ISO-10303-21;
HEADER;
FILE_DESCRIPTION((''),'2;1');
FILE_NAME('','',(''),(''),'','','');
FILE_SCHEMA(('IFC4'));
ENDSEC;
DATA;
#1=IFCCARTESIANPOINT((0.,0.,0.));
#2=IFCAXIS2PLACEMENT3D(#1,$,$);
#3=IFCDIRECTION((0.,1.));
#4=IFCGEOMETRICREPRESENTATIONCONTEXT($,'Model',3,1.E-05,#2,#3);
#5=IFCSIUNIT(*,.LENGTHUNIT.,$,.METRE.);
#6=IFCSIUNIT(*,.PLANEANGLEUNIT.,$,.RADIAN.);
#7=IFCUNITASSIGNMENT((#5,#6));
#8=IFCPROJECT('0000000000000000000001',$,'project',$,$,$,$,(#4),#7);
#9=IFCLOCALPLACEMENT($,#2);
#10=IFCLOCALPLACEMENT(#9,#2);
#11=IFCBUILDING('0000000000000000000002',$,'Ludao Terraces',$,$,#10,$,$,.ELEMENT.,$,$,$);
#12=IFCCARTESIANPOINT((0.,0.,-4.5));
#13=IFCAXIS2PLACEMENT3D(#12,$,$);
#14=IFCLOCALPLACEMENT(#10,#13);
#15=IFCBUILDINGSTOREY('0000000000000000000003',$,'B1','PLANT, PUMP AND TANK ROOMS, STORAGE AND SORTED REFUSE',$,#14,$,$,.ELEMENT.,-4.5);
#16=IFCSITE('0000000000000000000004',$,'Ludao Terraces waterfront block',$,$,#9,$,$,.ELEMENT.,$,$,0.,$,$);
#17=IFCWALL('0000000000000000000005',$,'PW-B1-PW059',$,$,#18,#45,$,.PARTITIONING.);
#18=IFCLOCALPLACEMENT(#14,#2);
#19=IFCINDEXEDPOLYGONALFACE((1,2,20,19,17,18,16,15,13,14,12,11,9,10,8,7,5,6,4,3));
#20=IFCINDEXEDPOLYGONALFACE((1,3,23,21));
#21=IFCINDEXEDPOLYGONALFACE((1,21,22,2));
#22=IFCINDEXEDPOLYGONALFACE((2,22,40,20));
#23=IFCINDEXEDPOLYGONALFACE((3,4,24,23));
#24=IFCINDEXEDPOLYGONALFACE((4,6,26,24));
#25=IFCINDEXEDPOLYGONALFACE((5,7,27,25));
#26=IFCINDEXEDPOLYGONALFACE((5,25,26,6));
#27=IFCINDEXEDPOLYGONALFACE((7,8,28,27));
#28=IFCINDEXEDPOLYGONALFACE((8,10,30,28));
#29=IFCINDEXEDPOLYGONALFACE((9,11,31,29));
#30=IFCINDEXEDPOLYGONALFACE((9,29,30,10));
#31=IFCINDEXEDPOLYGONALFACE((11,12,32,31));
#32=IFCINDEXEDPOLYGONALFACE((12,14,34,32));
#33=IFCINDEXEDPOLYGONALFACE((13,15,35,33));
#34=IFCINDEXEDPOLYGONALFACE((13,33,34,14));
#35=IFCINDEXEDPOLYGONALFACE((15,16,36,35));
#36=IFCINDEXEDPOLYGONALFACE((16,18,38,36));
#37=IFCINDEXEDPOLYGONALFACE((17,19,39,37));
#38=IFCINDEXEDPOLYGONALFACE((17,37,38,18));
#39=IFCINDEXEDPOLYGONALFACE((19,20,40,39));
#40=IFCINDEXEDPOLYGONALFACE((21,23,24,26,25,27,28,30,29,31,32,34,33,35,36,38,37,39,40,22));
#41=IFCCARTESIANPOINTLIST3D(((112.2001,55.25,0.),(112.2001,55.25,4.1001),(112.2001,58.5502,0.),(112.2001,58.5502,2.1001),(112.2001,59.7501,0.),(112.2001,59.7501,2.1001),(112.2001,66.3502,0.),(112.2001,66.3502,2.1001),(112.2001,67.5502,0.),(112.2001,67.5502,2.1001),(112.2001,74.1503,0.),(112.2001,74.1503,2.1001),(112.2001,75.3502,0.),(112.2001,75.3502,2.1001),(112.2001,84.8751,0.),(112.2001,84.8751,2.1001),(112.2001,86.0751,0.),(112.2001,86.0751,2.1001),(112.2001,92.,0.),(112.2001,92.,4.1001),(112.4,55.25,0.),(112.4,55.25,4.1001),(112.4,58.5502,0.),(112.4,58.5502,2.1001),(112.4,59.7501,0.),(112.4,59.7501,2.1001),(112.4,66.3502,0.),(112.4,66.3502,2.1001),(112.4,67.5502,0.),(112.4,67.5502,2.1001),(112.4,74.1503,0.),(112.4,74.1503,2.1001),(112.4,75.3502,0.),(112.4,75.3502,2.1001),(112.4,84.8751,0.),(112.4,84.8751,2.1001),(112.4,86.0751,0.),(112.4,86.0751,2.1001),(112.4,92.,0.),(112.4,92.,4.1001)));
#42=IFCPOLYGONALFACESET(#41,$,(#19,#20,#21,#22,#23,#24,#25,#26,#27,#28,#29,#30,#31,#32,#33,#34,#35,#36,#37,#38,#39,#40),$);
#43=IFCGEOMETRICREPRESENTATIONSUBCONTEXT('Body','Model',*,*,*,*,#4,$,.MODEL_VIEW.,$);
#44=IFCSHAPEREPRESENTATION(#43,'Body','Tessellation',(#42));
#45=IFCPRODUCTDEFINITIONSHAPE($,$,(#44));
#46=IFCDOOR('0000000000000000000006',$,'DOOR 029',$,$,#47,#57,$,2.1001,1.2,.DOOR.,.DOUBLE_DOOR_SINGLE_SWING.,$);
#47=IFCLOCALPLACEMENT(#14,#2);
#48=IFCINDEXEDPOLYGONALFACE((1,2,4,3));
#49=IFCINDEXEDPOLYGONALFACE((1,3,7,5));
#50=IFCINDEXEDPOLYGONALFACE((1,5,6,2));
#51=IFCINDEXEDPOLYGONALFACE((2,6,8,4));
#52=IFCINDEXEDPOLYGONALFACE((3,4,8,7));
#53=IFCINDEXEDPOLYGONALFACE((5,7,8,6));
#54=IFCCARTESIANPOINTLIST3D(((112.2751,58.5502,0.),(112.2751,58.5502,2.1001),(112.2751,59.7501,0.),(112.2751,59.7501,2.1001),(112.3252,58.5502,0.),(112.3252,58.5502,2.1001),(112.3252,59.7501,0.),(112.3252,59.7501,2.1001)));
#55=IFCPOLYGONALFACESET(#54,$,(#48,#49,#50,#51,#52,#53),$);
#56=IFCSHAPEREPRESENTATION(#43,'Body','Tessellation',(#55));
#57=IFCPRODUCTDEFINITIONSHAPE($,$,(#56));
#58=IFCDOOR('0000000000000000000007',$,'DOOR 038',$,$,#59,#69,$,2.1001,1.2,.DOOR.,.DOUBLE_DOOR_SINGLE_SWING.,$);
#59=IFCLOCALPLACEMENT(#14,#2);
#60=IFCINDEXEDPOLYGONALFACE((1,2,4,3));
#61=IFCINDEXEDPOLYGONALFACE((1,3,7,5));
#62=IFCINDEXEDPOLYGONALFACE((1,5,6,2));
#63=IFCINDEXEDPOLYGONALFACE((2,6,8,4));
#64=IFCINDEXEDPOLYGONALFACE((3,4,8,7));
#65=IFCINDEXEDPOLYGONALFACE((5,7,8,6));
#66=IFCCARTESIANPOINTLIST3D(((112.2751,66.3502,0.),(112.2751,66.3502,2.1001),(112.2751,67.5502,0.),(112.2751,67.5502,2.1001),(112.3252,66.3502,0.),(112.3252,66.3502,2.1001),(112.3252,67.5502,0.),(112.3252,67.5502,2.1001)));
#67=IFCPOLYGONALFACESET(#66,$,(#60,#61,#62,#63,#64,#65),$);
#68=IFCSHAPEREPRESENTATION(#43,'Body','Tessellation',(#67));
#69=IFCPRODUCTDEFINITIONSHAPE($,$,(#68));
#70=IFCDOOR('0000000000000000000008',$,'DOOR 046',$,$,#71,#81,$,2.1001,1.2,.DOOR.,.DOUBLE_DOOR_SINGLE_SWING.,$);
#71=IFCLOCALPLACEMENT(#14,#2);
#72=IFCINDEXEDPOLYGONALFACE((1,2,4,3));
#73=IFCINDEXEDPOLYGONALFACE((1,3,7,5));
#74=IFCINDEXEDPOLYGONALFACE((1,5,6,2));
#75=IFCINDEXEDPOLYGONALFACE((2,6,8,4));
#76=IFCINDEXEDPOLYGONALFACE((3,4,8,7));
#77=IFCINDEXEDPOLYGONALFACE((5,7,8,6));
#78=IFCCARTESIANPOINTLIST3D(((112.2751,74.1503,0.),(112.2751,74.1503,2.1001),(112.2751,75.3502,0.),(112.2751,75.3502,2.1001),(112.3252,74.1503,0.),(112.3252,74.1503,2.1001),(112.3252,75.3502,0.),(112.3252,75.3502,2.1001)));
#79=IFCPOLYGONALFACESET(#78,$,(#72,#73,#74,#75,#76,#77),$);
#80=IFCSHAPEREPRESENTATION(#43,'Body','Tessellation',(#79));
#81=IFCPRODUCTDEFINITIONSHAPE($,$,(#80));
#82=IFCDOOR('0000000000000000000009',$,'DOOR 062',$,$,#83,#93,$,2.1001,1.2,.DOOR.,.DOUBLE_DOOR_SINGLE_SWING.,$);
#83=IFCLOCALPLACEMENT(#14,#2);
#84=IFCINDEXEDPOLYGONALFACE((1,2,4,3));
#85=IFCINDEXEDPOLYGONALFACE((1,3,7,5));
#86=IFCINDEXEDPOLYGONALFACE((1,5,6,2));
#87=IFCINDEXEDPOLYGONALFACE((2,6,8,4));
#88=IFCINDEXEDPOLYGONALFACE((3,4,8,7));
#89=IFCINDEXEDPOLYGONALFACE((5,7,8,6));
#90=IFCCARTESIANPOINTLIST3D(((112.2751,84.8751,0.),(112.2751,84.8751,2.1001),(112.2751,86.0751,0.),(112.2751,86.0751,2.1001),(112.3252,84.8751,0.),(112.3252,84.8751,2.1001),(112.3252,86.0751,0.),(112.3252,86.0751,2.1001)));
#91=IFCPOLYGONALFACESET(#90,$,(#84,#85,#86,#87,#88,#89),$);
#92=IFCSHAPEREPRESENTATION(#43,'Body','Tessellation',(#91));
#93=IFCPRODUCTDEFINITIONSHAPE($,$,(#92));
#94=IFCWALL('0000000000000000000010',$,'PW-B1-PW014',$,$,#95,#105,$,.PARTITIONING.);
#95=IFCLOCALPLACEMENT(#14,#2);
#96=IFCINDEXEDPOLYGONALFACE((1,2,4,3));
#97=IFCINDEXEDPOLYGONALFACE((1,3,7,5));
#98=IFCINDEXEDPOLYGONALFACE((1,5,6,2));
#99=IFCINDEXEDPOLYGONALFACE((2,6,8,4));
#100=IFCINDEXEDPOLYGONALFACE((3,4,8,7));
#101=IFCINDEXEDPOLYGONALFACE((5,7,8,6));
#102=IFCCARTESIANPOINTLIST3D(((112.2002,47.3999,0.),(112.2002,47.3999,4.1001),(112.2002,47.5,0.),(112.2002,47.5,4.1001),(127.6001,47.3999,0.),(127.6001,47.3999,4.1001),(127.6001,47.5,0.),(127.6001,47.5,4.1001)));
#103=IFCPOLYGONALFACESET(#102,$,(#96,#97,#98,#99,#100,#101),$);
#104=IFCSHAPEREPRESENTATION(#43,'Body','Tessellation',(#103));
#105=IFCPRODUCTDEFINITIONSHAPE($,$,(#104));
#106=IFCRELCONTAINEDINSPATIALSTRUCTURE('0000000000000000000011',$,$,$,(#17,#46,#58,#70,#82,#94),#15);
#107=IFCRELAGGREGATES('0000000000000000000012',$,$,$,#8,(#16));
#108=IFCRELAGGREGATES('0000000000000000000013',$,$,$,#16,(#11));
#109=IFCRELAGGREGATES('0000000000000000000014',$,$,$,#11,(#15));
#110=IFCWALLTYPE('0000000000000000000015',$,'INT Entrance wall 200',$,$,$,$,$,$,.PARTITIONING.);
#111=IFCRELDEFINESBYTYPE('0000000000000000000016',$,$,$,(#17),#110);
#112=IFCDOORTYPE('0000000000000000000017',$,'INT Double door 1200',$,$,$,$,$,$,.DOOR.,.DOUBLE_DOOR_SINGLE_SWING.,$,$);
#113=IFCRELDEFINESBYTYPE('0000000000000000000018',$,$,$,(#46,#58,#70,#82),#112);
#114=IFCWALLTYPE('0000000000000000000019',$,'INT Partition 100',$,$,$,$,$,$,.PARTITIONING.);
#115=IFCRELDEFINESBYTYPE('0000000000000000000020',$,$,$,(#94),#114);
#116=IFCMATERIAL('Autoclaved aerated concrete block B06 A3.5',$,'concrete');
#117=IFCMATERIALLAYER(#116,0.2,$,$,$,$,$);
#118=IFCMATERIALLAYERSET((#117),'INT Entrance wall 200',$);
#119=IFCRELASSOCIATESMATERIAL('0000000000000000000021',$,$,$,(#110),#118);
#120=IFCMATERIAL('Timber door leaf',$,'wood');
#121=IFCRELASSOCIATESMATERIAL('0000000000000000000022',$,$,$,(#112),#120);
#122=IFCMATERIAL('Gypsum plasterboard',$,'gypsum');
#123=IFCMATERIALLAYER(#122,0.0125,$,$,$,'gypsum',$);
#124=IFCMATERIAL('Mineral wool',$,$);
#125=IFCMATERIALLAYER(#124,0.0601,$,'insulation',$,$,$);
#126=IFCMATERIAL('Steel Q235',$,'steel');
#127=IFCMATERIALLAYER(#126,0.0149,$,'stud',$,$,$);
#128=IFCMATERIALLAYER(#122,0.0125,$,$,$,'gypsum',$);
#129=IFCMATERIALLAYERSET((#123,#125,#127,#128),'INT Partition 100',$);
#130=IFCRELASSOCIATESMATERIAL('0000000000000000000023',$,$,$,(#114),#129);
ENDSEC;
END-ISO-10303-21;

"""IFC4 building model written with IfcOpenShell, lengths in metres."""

from ifc_helpers import new_model, si_unit, direction, frame, frame_2d, origin, place, context, subcontext, project, spatial, rectangle, extrude, material, layer, layer_set, type_object, element, fill, save


model = new_model("IFC4")

# Units and contexts
model_context = context("Model", 3, precision=1e-05, world=origin(), true_north=direction((0.0, 1.0)))
body_context = subcontext(model_context, "Body", "Model", "MODEL_VIEW")
ifc_project = project(units=[si_unit("LENGTHUNIT", "METRE"), si_unit("PLANEANGLEUNIT", "RADIAN")], contexts=[model_context])

# Site, building, storey
site_placement = place(None, origin())
site = spatial("IfcSite", under=ifc_project, at=site_placement, Name="Ludao Terraces waterfront block", CompositionType="ELEMENT", RefElevation=0.0)
building_placement = place(site_placement, origin())
building = spatial("IfcBuilding", under=site, at=building_placement, Name="Ludao Terraces", CompositionType="ELEMENT")
storey_placement = place(building_placement, frame((0.0, 0.0, -4.5)))
storey = spatial("IfcBuildingStorey", under=building, at=storey_placement, Name="B1", Description="PLANT, PUMP AND TANK ROOMS, STORAGE AND SORTED REFUSE", CompositionType="ELEMENT", Elevation=-4.5)

# Shared definitions
ifc_material_1 = material(Name="Autoclaved aerated concrete block B06 A3.5", Category="concrete")
ifc_layer_1 = layer(ifc_material_1, 0.2)
ifc_layer_set_1 = layer_set([ifc_layer_1], Name="INT Entrance wall 200")
wall_type_1 = type_object("IfcWallType", Name="INT Entrance wall 200", PredefinedType="PARTITIONING", material=ifc_layer_set_1)

# Wall, openings, doors
ifc_material_2 = material(Name="Timber door leaf", Category="wood")
door_type = type_object("IfcDoorType", Name="INT Double door 1200", OperationType="DOUBLE_DOOR_SINGLE_SWING", PredefinedType="DOOR", material=ifc_material_2)
wall_1_placement = place(storey_placement, frame((112.3, 55.25, 0.0), z_axis=(0.0, 0.0, 1.0), x_axis=(0.0, 1.0, 0.0)))
wall_1 = element("IfcWall", 1, at=wall_1_placement, inside=storey, type_object=wall_type_1, Name="PW-B1-PW059", PredefinedType="PARTITIONING", context=body_context, shape_type="SweptSolid", body=[
    extrude(rectangle(XDim=36.75, YDim=0.2, at=frame_2d((18.375, 0.0))), origin(), (0.0, 0.0, 1.0), 4.1001),
])
opening_1_placement = place(wall_1_placement, frame((3.3, 0.0, 0.0)))
opening_1 = element("IfcOpeningElement", 2, at=opening_1_placement, cuts=wall_1, PredefinedType="OPENING", context=body_context, shape_type="SweptSolid", body=[
    extrude(rectangle(XDim=1.2, YDim=2.1001, at=frame_2d((0.6001, 1.05))), frame((0.0, 0.1099, 0.0), z_axis=(0.0, -1.0, 0.0), x_axis=(1.0, 0.0, 0.0)), (0.0, 0.0, 1.0), 0.22),
])
opening_2_placement = place(wall_1_placement, frame((11.1001, 0.0, 0.0)))
opening_2 = element("IfcOpeningElement", 3, at=opening_2_placement, cuts=wall_1, PredefinedType="OPENING", context=body_context, shape_type="SweptSolid", body=[
    extrude(rectangle(XDim=1.2, YDim=2.1001, at=frame_2d((0.6001, 1.05))), frame((0.0, 0.1099, 0.0), z_axis=(0.0, -1.0, 0.0), x_axis=(1.0, 0.0, 0.0)), (0.0, 0.0, 1.0), 0.22),
])
opening_3_placement = place(wall_1_placement, frame((18.9001, 0.0, 0.0)))
opening_3 = element("IfcOpeningElement", 4, at=opening_3_placement, cuts=wall_1, PredefinedType="OPENING", context=body_context, shape_type="SweptSolid", body=[
    extrude(rectangle(XDim=1.2, YDim=2.1001, at=frame_2d((0.6001, 1.05))), frame((0.0, 0.1099, 0.0), z_axis=(0.0, -1.0, 0.0), x_axis=(1.0, 0.0, 0.0)), (0.0, 0.0, 1.0), 0.22),
])
opening_4_placement = place(wall_1_placement, frame((29.625, 0.0, 0.0)))
opening_4 = element("IfcOpeningElement", 5, at=opening_4_placement, cuts=wall_1, PredefinedType="OPENING", context=body_context, shape_type="SweptSolid", body=[
    extrude(rectangle(XDim=1.2, YDim=2.1001, at=frame_2d((0.6001, 1.05))), frame((0.0, 0.1099, 0.0), z_axis=(0.0, -1.0, 0.0), x_axis=(1.0, 0.0, 0.0)), (0.0, 0.0, 1.0), 0.22),
])
door_1_placement = place(opening_1_placement, origin())
door_1 = element("IfcDoor", 6, at=door_1_placement, inside=storey, type_object=door_type, Name="DOOR 029", OperationType="DOUBLE_DOOR_SINGLE_SWING", OverallHeight=2.1001, OverallWidth=1.2, PredefinedType="DOOR", context=body_context, shape_type="SweptSolid", body=[
    extrude(rectangle(XDim=1.2, YDim=2.1001, at=frame_2d((0.6001, 1.05))), frame((0.0, 0.0249, 0.0), z_axis=(0.0, -1.0, 0.0), x_axis=(1.0, 0.0, 0.0)), (0.0, 0.0, 1.0), 0.05),
])
fill(opening_1, door_1)
door_2_placement = place(opening_2_placement, origin())
door_2 = element("IfcDoor", 7, at=door_2_placement, inside=storey, type_object=door_type, Name="DOOR 038", OperationType="DOUBLE_DOOR_SINGLE_SWING", OverallHeight=2.1001, OverallWidth=1.2, PredefinedType="DOOR", context=body_context, shape_type="SweptSolid", body=[
    extrude(rectangle(XDim=1.2, YDim=2.1001, at=frame_2d((0.6001, 1.05))), frame((0.0, 0.0249, 0.0), z_axis=(0.0, -1.0, 0.0), x_axis=(1.0, 0.0, 0.0)), (0.0, 0.0, 1.0), 0.05),
])
fill(opening_2, door_2)
door_3_placement = place(opening_3_placement, origin())
door_3 = element("IfcDoor", 8, at=door_3_placement, inside=storey, type_object=door_type, Name="DOOR 046", OperationType="DOUBLE_DOOR_SINGLE_SWING", OverallHeight=2.1001, OverallWidth=1.2, PredefinedType="DOOR", context=body_context, shape_type="SweptSolid", body=[
    extrude(rectangle(XDim=1.2, YDim=2.1001, at=frame_2d((0.6001, 1.05))), frame((0.0, 0.0249, 0.0), z_axis=(0.0, -1.0, 0.0), x_axis=(1.0, 0.0, 0.0)), (0.0, 0.0, 1.0), 0.05),
])
fill(opening_3, door_3)
door_4_placement = place(opening_4_placement, origin())
door_4 = element("IfcDoor", 9, at=door_4_placement, inside=storey, type_object=door_type, Name="DOOR 062", OperationType="DOUBLE_DOOR_SINGLE_SWING", OverallHeight=2.1001, OverallWidth=1.2, PredefinedType="DOOR", context=body_context, shape_type="SweptSolid", body=[
    extrude(rectangle(XDim=1.2, YDim=2.1001, at=frame_2d((0.6001, 1.05))), frame((0.0, 0.0249, 0.0), z_axis=(0.0, -1.0, 0.0), x_axis=(1.0, 0.0, 0.0)), (0.0, 0.0, 1.0), 0.05),
])
fill(opening_4, door_4)

# Wall
ifc_material_3 = material(Name="Gypsum plasterboard", Category="gypsum")
ifc_layer_2 = layer(ifc_material_3, 0.0125, Category="gypsum")
ifc_material_4 = material(Name="Mineral wool")
ifc_layer_3 = layer(ifc_material_4, 0.0601, Name="insulation")
ifc_material_5 = material(Name="Steel Q235", Category="steel")
ifc_layer_4 = layer(ifc_material_5, 0.0149, Name="stud")
ifc_layer_5 = layer(ifc_material_3, 0.0125, Category="gypsum")
ifc_layer_set_2 = layer_set([ifc_layer_2, ifc_layer_3, ifc_layer_4, ifc_layer_5], Name="INT Partition 100")
wall_type_2 = type_object("IfcWallType", Name="INT Partition 100", PredefinedType="PARTITIONING", material=ifc_layer_set_2)
wall_2_placement = place(storey_placement, frame((112.2002, 47.45, 0.0), z_axis=(0.0, 0.0, 1.0), x_axis=(1.0, 0.0, 0.0)))
element("IfcWall", 10, at=wall_2_placement, inside=storey, type_object=wall_type_2, Name="PW-B1-PW014", PredefinedType="PARTITIONING", context=body_context, shape_type="SweptSolid", body=[
    extrude(rectangle(XDim=15.3999, YDim=0.1001, at=frame_2d((7.7, 0.0))), origin(), (0.0, 0.0, 1.0), 4.1001),
])

save(model, "model.ifc")
